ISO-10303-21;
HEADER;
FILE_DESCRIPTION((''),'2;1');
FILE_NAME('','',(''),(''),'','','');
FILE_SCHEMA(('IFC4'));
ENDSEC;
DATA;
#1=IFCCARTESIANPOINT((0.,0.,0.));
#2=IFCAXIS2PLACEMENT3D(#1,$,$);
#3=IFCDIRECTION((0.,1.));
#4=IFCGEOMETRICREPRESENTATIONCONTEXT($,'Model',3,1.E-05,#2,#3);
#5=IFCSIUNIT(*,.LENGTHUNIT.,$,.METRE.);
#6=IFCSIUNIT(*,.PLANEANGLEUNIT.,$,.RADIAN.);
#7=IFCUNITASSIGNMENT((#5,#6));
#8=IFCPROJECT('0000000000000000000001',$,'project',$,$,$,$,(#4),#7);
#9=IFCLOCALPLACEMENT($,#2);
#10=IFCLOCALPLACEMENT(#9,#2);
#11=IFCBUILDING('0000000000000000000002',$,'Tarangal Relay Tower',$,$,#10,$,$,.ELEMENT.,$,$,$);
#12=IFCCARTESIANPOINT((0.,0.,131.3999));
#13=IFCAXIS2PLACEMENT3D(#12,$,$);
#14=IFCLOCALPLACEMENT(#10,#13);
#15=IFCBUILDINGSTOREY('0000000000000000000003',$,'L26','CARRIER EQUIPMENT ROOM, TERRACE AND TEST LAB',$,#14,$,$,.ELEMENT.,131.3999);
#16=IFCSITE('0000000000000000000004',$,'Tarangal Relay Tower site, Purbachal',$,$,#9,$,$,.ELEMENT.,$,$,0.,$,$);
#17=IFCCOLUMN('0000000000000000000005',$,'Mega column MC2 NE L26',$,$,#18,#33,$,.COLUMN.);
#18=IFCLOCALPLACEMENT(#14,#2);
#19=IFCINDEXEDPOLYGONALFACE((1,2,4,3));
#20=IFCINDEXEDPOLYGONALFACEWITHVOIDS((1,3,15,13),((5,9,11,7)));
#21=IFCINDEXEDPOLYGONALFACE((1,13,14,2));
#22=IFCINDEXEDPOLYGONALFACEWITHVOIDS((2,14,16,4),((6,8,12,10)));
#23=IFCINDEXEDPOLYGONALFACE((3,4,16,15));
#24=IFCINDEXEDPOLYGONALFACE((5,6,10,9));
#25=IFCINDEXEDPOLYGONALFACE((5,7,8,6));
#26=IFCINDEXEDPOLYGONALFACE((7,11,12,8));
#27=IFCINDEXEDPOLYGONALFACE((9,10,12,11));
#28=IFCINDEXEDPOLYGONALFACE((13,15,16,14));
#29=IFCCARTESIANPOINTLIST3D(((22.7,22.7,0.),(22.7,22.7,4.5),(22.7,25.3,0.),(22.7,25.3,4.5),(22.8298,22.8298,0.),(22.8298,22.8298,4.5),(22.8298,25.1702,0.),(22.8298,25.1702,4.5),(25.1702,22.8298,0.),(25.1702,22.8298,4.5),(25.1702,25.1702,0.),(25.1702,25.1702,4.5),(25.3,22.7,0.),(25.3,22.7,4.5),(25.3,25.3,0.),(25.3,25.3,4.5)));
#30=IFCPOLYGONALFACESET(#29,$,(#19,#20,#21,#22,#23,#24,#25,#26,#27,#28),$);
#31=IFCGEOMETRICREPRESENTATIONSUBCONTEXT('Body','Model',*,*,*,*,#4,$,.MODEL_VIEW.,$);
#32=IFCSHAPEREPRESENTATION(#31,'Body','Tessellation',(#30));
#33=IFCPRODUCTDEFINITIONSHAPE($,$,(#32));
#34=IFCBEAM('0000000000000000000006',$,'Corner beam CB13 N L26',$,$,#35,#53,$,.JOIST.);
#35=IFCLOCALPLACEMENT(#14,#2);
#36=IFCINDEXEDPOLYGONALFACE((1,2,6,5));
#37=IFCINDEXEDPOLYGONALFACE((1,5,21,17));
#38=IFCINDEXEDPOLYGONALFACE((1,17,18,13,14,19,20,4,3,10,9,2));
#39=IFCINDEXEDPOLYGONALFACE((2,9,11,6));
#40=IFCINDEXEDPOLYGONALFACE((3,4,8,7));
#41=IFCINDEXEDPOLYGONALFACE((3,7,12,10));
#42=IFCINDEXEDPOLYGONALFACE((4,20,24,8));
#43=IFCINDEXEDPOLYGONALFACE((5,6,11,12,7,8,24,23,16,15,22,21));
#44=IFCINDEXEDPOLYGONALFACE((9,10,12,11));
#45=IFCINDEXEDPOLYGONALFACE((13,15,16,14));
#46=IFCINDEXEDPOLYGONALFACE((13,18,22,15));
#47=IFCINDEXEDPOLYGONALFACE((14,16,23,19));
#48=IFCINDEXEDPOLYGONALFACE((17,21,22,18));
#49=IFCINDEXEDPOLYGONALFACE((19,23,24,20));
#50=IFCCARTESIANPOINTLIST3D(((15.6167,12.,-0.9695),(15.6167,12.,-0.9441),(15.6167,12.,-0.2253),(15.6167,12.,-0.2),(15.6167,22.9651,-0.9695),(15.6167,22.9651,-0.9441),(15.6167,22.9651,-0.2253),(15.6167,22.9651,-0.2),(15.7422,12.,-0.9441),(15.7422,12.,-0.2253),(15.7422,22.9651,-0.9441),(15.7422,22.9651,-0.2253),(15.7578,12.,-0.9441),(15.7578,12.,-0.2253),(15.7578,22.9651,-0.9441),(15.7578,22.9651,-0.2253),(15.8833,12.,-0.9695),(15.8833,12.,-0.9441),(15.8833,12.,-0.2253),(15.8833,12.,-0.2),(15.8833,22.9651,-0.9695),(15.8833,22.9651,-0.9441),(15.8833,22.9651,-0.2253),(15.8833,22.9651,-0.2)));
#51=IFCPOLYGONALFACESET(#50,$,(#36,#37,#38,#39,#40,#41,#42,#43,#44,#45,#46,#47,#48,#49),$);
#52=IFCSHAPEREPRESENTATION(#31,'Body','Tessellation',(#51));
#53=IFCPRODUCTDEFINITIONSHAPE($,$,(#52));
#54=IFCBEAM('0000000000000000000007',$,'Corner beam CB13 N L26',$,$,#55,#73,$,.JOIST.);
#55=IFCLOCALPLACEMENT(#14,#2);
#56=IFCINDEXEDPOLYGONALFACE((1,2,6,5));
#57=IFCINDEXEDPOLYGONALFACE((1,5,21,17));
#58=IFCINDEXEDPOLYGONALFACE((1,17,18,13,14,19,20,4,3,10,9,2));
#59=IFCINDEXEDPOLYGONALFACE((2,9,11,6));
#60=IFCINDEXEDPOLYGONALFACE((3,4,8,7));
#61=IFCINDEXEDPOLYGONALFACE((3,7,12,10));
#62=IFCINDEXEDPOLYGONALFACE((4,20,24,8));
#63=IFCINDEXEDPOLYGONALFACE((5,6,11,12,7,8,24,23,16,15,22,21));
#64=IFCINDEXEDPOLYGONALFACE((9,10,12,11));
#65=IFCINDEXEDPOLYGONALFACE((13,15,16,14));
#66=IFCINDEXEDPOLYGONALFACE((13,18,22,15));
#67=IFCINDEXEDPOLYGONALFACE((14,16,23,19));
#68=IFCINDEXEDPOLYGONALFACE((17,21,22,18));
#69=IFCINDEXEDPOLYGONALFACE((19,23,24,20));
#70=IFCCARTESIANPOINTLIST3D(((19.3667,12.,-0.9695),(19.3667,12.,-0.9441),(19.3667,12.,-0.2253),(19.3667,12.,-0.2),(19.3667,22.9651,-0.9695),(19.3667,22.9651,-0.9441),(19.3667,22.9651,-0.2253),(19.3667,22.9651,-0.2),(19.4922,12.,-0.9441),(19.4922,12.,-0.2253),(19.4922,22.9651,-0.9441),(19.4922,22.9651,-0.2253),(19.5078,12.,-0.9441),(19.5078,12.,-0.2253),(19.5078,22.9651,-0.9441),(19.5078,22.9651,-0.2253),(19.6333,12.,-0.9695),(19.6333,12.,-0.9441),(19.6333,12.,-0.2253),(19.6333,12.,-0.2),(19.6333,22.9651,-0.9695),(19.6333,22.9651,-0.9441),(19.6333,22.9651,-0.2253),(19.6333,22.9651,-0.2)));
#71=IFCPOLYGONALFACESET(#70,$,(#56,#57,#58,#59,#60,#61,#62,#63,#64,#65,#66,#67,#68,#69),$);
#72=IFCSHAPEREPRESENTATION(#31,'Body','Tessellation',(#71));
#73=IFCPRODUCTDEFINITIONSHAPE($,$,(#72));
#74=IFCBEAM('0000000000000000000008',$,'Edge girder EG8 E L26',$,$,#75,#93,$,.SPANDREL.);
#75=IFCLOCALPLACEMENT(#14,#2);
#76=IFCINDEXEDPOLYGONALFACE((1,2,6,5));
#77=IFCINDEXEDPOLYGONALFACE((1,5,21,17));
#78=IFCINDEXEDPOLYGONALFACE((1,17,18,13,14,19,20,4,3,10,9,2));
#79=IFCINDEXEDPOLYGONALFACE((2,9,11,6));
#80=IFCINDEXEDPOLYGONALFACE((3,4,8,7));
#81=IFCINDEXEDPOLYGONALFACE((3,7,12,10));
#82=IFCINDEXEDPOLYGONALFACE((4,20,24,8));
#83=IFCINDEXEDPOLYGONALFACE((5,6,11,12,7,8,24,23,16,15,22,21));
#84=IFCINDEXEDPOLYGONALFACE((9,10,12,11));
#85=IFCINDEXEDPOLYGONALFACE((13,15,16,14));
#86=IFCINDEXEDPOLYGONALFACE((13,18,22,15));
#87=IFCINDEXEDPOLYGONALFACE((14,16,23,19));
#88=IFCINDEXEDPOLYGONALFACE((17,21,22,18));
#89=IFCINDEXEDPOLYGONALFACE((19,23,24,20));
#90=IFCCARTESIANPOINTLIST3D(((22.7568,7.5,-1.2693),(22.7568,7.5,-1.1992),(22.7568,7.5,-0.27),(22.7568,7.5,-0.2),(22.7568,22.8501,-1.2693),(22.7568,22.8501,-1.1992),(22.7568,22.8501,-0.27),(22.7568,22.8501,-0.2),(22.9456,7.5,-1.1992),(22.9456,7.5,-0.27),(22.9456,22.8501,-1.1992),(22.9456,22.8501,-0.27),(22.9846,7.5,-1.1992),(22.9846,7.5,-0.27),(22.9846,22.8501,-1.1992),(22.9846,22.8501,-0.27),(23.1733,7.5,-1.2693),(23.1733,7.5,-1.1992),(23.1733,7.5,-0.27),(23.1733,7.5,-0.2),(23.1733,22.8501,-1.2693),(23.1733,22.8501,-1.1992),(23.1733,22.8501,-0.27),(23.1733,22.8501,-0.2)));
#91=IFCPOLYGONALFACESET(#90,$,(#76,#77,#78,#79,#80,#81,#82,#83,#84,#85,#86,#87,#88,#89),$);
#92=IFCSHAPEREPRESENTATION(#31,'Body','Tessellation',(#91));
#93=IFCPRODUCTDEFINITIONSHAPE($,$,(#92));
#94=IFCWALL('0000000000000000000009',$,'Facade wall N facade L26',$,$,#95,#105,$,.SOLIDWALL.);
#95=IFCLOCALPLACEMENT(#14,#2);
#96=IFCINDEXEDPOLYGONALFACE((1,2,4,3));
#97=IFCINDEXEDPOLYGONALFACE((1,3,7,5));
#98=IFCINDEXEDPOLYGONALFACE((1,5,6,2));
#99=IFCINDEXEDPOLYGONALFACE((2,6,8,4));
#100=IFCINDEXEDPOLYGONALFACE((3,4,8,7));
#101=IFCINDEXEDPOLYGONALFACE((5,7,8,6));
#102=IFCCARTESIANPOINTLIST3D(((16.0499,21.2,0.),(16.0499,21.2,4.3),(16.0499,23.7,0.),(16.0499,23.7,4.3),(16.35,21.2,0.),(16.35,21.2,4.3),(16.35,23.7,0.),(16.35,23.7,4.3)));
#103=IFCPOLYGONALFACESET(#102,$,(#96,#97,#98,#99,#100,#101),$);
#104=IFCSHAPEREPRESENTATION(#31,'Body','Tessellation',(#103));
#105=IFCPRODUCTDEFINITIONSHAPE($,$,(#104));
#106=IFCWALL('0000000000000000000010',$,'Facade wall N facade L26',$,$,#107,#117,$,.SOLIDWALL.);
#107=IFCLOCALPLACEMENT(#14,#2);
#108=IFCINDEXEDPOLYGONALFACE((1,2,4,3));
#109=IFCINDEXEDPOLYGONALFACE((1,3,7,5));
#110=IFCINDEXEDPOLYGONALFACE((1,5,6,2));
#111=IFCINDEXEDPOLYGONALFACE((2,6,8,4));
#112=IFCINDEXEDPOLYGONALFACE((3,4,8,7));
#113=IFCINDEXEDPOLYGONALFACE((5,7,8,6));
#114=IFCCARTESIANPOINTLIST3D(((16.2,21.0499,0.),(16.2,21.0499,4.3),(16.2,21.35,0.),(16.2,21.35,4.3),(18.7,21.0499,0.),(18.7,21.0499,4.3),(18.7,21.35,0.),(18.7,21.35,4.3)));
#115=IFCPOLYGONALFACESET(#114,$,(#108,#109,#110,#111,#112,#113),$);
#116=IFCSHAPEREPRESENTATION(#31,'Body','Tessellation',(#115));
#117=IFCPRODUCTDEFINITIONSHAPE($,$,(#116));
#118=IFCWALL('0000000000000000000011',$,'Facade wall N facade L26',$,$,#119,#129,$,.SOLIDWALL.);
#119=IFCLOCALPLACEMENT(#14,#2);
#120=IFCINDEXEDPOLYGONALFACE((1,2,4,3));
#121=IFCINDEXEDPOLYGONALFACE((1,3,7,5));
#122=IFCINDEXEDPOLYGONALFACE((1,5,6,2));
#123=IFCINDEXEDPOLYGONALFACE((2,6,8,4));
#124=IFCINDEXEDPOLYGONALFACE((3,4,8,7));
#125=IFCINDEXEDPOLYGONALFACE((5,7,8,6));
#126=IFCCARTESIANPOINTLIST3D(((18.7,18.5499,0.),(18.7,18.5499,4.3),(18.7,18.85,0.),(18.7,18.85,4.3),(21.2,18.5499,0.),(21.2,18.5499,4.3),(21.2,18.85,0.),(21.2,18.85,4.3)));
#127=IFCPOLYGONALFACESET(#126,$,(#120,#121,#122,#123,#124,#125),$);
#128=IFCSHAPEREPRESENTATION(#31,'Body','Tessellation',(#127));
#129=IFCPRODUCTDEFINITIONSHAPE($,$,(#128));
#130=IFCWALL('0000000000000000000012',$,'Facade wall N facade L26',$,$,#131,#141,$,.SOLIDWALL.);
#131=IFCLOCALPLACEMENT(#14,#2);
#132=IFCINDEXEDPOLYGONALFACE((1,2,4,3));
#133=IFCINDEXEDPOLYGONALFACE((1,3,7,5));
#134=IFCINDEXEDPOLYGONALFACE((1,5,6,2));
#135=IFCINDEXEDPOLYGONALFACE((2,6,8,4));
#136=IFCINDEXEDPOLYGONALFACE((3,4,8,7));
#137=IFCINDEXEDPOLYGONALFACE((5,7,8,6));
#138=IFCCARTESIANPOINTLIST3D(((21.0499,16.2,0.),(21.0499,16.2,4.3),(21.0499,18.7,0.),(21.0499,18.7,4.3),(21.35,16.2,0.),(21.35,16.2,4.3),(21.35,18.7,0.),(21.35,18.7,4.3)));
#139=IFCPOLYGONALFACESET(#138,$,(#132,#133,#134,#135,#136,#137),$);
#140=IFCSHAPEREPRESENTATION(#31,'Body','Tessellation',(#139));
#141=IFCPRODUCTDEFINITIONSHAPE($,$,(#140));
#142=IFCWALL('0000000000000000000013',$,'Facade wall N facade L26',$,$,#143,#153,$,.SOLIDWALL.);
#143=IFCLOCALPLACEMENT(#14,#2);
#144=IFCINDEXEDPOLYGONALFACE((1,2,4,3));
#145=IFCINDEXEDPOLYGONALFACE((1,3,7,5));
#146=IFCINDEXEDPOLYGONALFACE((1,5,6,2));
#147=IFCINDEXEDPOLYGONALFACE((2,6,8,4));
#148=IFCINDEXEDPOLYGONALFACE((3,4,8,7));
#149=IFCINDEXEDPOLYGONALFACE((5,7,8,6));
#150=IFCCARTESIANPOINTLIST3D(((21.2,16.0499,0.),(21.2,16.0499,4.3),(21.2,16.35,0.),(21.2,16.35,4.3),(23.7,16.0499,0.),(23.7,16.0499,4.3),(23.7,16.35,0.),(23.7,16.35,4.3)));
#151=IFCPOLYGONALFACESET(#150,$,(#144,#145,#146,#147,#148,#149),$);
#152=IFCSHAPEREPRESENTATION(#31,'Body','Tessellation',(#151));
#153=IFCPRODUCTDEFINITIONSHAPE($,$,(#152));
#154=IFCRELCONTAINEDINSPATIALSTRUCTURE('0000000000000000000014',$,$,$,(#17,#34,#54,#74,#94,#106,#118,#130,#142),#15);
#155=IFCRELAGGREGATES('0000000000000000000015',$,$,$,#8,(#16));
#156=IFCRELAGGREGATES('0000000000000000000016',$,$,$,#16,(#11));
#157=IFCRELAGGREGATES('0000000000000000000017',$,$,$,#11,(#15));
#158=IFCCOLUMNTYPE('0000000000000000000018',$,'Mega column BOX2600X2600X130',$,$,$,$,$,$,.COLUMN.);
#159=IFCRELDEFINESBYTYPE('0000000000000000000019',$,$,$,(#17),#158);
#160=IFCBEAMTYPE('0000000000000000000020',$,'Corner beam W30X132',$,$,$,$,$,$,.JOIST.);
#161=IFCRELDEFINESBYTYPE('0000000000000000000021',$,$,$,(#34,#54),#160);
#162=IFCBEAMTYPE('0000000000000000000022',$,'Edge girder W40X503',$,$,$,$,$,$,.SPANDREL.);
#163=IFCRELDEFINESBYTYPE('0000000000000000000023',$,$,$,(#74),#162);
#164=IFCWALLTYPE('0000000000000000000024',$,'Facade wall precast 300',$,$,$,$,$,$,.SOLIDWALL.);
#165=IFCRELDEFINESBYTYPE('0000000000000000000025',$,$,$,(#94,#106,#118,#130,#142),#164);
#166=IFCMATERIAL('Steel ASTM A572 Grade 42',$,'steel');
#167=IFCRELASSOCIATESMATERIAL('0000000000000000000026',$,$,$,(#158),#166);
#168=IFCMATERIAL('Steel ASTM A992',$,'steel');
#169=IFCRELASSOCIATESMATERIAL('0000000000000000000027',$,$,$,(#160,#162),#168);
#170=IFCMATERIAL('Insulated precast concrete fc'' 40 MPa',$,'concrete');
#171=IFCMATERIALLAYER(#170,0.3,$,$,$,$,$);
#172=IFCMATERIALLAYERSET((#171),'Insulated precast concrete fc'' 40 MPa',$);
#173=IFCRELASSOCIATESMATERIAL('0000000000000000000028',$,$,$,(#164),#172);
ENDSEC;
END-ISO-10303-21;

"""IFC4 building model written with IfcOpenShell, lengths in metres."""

from ifc_helpers import new_model, si_unit, direction, frame, frame_2d, origin, origin_2d, place, context, subcontext, project, spatial, rectangle, hollow_rectangle, i_section, extrude, material, layer, layer_set, material_profile, profile_set, type_object, element, save


model = new_model("IFC4")

# Units and contexts
model_context = context("Model", 3, precision=1e-05, world=origin(), true_north=direction((0.0, 1.0)))
body_context = subcontext(model_context, "Body", "Model", "MODEL_VIEW")
ifc_project = project(units=[si_unit("LENGTHUNIT", "METRE"), si_unit("PLANEANGLEUNIT", "RADIAN")], contexts=[model_context])

# Site, building, storey
site_placement = place(None, origin())
site = spatial("IfcSite", under=ifc_project, at=site_placement, Name="Tarangal Relay Tower site, Purbachal", CompositionType="ELEMENT", RefElevation=0.0)
building_placement = place(site_placement, origin())
building = spatial("IfcBuilding", under=site, at=building_placement, Name="Tarangal Relay Tower", CompositionType="ELEMENT")
storey_placement = place(building_placement, frame((0.0, 0.0, 131.3999)))
storey = spatial("IfcBuildingStorey", under=building, at=storey_placement, Name="L26", Description="CARRIER EQUIPMENT ROOM, TERRACE AND TEST LAB", CompositionType="ELEMENT", Elevation=131.3999)

# Column
ifc_material_1 = material(Name="Steel ASTM A572 Grade 42", Category="steel")
ifc_material_profile_1 = material_profile(ifc_material_1, hollow_rectangle(XDim=2.6001, YDim=2.6001, WallThickness=0.1299, at=origin_2d()), Name="BOX2600X2600X130")
ifc_profile_set_1 = profile_set([ifc_material_profile_1], Name="Steel ASTM A572 Grade 42")
column_type = type_object("IfcColumnType", Name="Mega column BOX2600X2600X130", PredefinedType="COLUMN", material=ifc_profile_set_1)
column_placement = place(storey_placement, frame((24.0, 24.0, 0.0), z_axis=(0.0, 0.0, 1.0), x_axis=(1.0, 0.0, 0.0)))
element("IfcColumn", 1, at=column_placement, inside=storey, type_object=column_type, Name="Mega column MC2 NE L26", PredefinedType="COLUMN", context=body_context, shape_type="SweptSolid", body=[
    extrude(hollow_rectangle(XDim=2.6001, YDim=2.6001, WallThickness=0.1299, at=origin_2d()), origin(), (0.0, 0.0, 1.0), 4.5),
])

# Beams
ifc_material_2 = material(Name="Steel ASTM A992", Category="steel")
ifc_material_profile_2 = material_profile(ifc_material_2, i_section(OverallWidth=0.2666, OverallDepth=0.7695, WebThickness=0.0156, FlangeThickness=0.0254, at=origin_2d()), Name="W30X132")
ifc_profile_set_2 = profile_set([ifc_material_profile_2], Name="Steel ASTM A992")
beam_type_1 = type_object("IfcBeamType", Name="Corner beam W30X132", PredefinedType="JOIST", material=ifc_profile_set_2)
for number, where, z_axis, x_axis, name in (
    (2, (15.75, 12.0, -0.5847), (0.0, 1.0, 0.0), (-1.0, 0.0, 0.0), "Corner beam CB13 N L26"),
    (3, (19.5, 12.0, -0.5847), (0.0, 1.0, 0.0), (-1.0, 0.0, 0.0), "Corner beam CB13 N L26"),
):
    element("IfcBeam", number, at=place(storey_placement, frame(where, z_axis=z_axis, x_axis=x_axis)), inside=storey, type_object=beam_type_1, Name=name, PredefinedType="JOIST", context=body_context, shape_type="SweptSolid", body=[
        extrude(i_section(OverallWidth=0.2666, OverallDepth=0.7695, WebThickness=0.0156, FlangeThickness=0.0254, at=origin_2d()), origin(), (0.0, 0.0, 1.0), 10.9651),
    ])
ifc_material_profile_3 = material_profile(ifc_material_2, i_section(OverallWidth=0.4165, OverallDepth=1.0693, WebThickness=0.0391, FlangeThickness=0.0701, at=origin_2d()), Name="W40X503")
ifc_profile_set_3 = profile_set([ifc_material_profile_3], Name="Steel ASTM A992")
beam_type_2 = type_object("IfcBeamType", Name="Edge girder W40X503", PredefinedType="SPANDREL", material=ifc_profile_set_3)
beam_placement = place(storey_placement, frame((22.9651, 22.8501, -0.7346), z_axis=(0.0, -1.0, 0.0), x_axis=(1.0, 0.0, 0.0)))
element("IfcBeam", 4, at=beam_placement, inside=storey, type_object=beam_type_2, Name="Edge girder EG8 E L26", PredefinedType="SPANDREL", context=body_context, shape_type="SweptSolid", body=[
    extrude(i_section(OverallWidth=0.4165, OverallDepth=1.0693, WebThickness=0.0391, FlangeThickness=0.0701, at=origin_2d()), origin(), (0.0, 0.0, 1.0), 15.3501),
])

# Walls
ifc_material_3 = material(Name="Insulated precast concrete fc' 40 MPa", Category="concrete")
ifc_layer_1 = layer(ifc_material_3, 0.3)
ifc_layer_set_1 = layer_set([ifc_layer_1], Name="Insulated precast concrete fc' 40 MPa")
wall_type_1 = type_object("IfcWallType", Name="Facade wall precast 300", PredefinedType="SOLIDWALL", material=ifc_layer_set_1)
for number, where, z_axis, x_axis, name in (
    (5, (16.2, 23.7, 0.0), (0.0, 0.0, 1.0), (0.0, -1.0, 0.0), "Facade wall N facade L26"),
    (6, (16.2, 21.2, 0.0), (0.0, 0.0, 1.0), (1.0, 0.0, 0.0), "Facade wall N facade L26"),
):
    element("IfcWall", number, at=place(storey_placement, frame(where, z_axis=z_axis, x_axis=x_axis)), inside=storey, type_object=wall_type_1, Name=name, PredefinedType="SOLIDWALL", context=body_context, shape_type="SweptSolid", body=[
        extrude(rectangle(XDim=2.5, YDim=0.3, at=frame_2d((1.25, 0.0))), origin(), (0.0, 0.0, 1.0), 4.3),
    ])

# Walls
for number, where, z_axis, x_axis, name in (
    (7, (18.7, 18.7, 0.0), (0.0, 0.0, 1.0), (1.0, 0.0, 0.0), "Facade wall N facade L26"),
    (8, (21.2, 18.7, 0.0), (0.0, 0.0, 1.0), (0.0, -1.0, 0.0), "Facade wall N facade L26"),
    (9, (21.2, 16.2, 0.0), (0.0, 0.0, 1.0), (1.0, 0.0, 0.0), "Facade wall N facade L26"),
):
    element("IfcWall", number, at=place(storey_placement, frame(where, z_axis=z_axis, x_axis=x_axis)), inside=storey, type_object=wall_type_1, Name=name, PredefinedType="SOLIDWALL", context=body_context, shape_type="SweptSolid", body=[
        extrude(rectangle(XDim=2.5, YDim=0.3, at=frame_2d((1.25, 0.0))), origin(), (0.0, 0.0, 1.0), 4.3),
    ])

save(model, "model.ifc")
